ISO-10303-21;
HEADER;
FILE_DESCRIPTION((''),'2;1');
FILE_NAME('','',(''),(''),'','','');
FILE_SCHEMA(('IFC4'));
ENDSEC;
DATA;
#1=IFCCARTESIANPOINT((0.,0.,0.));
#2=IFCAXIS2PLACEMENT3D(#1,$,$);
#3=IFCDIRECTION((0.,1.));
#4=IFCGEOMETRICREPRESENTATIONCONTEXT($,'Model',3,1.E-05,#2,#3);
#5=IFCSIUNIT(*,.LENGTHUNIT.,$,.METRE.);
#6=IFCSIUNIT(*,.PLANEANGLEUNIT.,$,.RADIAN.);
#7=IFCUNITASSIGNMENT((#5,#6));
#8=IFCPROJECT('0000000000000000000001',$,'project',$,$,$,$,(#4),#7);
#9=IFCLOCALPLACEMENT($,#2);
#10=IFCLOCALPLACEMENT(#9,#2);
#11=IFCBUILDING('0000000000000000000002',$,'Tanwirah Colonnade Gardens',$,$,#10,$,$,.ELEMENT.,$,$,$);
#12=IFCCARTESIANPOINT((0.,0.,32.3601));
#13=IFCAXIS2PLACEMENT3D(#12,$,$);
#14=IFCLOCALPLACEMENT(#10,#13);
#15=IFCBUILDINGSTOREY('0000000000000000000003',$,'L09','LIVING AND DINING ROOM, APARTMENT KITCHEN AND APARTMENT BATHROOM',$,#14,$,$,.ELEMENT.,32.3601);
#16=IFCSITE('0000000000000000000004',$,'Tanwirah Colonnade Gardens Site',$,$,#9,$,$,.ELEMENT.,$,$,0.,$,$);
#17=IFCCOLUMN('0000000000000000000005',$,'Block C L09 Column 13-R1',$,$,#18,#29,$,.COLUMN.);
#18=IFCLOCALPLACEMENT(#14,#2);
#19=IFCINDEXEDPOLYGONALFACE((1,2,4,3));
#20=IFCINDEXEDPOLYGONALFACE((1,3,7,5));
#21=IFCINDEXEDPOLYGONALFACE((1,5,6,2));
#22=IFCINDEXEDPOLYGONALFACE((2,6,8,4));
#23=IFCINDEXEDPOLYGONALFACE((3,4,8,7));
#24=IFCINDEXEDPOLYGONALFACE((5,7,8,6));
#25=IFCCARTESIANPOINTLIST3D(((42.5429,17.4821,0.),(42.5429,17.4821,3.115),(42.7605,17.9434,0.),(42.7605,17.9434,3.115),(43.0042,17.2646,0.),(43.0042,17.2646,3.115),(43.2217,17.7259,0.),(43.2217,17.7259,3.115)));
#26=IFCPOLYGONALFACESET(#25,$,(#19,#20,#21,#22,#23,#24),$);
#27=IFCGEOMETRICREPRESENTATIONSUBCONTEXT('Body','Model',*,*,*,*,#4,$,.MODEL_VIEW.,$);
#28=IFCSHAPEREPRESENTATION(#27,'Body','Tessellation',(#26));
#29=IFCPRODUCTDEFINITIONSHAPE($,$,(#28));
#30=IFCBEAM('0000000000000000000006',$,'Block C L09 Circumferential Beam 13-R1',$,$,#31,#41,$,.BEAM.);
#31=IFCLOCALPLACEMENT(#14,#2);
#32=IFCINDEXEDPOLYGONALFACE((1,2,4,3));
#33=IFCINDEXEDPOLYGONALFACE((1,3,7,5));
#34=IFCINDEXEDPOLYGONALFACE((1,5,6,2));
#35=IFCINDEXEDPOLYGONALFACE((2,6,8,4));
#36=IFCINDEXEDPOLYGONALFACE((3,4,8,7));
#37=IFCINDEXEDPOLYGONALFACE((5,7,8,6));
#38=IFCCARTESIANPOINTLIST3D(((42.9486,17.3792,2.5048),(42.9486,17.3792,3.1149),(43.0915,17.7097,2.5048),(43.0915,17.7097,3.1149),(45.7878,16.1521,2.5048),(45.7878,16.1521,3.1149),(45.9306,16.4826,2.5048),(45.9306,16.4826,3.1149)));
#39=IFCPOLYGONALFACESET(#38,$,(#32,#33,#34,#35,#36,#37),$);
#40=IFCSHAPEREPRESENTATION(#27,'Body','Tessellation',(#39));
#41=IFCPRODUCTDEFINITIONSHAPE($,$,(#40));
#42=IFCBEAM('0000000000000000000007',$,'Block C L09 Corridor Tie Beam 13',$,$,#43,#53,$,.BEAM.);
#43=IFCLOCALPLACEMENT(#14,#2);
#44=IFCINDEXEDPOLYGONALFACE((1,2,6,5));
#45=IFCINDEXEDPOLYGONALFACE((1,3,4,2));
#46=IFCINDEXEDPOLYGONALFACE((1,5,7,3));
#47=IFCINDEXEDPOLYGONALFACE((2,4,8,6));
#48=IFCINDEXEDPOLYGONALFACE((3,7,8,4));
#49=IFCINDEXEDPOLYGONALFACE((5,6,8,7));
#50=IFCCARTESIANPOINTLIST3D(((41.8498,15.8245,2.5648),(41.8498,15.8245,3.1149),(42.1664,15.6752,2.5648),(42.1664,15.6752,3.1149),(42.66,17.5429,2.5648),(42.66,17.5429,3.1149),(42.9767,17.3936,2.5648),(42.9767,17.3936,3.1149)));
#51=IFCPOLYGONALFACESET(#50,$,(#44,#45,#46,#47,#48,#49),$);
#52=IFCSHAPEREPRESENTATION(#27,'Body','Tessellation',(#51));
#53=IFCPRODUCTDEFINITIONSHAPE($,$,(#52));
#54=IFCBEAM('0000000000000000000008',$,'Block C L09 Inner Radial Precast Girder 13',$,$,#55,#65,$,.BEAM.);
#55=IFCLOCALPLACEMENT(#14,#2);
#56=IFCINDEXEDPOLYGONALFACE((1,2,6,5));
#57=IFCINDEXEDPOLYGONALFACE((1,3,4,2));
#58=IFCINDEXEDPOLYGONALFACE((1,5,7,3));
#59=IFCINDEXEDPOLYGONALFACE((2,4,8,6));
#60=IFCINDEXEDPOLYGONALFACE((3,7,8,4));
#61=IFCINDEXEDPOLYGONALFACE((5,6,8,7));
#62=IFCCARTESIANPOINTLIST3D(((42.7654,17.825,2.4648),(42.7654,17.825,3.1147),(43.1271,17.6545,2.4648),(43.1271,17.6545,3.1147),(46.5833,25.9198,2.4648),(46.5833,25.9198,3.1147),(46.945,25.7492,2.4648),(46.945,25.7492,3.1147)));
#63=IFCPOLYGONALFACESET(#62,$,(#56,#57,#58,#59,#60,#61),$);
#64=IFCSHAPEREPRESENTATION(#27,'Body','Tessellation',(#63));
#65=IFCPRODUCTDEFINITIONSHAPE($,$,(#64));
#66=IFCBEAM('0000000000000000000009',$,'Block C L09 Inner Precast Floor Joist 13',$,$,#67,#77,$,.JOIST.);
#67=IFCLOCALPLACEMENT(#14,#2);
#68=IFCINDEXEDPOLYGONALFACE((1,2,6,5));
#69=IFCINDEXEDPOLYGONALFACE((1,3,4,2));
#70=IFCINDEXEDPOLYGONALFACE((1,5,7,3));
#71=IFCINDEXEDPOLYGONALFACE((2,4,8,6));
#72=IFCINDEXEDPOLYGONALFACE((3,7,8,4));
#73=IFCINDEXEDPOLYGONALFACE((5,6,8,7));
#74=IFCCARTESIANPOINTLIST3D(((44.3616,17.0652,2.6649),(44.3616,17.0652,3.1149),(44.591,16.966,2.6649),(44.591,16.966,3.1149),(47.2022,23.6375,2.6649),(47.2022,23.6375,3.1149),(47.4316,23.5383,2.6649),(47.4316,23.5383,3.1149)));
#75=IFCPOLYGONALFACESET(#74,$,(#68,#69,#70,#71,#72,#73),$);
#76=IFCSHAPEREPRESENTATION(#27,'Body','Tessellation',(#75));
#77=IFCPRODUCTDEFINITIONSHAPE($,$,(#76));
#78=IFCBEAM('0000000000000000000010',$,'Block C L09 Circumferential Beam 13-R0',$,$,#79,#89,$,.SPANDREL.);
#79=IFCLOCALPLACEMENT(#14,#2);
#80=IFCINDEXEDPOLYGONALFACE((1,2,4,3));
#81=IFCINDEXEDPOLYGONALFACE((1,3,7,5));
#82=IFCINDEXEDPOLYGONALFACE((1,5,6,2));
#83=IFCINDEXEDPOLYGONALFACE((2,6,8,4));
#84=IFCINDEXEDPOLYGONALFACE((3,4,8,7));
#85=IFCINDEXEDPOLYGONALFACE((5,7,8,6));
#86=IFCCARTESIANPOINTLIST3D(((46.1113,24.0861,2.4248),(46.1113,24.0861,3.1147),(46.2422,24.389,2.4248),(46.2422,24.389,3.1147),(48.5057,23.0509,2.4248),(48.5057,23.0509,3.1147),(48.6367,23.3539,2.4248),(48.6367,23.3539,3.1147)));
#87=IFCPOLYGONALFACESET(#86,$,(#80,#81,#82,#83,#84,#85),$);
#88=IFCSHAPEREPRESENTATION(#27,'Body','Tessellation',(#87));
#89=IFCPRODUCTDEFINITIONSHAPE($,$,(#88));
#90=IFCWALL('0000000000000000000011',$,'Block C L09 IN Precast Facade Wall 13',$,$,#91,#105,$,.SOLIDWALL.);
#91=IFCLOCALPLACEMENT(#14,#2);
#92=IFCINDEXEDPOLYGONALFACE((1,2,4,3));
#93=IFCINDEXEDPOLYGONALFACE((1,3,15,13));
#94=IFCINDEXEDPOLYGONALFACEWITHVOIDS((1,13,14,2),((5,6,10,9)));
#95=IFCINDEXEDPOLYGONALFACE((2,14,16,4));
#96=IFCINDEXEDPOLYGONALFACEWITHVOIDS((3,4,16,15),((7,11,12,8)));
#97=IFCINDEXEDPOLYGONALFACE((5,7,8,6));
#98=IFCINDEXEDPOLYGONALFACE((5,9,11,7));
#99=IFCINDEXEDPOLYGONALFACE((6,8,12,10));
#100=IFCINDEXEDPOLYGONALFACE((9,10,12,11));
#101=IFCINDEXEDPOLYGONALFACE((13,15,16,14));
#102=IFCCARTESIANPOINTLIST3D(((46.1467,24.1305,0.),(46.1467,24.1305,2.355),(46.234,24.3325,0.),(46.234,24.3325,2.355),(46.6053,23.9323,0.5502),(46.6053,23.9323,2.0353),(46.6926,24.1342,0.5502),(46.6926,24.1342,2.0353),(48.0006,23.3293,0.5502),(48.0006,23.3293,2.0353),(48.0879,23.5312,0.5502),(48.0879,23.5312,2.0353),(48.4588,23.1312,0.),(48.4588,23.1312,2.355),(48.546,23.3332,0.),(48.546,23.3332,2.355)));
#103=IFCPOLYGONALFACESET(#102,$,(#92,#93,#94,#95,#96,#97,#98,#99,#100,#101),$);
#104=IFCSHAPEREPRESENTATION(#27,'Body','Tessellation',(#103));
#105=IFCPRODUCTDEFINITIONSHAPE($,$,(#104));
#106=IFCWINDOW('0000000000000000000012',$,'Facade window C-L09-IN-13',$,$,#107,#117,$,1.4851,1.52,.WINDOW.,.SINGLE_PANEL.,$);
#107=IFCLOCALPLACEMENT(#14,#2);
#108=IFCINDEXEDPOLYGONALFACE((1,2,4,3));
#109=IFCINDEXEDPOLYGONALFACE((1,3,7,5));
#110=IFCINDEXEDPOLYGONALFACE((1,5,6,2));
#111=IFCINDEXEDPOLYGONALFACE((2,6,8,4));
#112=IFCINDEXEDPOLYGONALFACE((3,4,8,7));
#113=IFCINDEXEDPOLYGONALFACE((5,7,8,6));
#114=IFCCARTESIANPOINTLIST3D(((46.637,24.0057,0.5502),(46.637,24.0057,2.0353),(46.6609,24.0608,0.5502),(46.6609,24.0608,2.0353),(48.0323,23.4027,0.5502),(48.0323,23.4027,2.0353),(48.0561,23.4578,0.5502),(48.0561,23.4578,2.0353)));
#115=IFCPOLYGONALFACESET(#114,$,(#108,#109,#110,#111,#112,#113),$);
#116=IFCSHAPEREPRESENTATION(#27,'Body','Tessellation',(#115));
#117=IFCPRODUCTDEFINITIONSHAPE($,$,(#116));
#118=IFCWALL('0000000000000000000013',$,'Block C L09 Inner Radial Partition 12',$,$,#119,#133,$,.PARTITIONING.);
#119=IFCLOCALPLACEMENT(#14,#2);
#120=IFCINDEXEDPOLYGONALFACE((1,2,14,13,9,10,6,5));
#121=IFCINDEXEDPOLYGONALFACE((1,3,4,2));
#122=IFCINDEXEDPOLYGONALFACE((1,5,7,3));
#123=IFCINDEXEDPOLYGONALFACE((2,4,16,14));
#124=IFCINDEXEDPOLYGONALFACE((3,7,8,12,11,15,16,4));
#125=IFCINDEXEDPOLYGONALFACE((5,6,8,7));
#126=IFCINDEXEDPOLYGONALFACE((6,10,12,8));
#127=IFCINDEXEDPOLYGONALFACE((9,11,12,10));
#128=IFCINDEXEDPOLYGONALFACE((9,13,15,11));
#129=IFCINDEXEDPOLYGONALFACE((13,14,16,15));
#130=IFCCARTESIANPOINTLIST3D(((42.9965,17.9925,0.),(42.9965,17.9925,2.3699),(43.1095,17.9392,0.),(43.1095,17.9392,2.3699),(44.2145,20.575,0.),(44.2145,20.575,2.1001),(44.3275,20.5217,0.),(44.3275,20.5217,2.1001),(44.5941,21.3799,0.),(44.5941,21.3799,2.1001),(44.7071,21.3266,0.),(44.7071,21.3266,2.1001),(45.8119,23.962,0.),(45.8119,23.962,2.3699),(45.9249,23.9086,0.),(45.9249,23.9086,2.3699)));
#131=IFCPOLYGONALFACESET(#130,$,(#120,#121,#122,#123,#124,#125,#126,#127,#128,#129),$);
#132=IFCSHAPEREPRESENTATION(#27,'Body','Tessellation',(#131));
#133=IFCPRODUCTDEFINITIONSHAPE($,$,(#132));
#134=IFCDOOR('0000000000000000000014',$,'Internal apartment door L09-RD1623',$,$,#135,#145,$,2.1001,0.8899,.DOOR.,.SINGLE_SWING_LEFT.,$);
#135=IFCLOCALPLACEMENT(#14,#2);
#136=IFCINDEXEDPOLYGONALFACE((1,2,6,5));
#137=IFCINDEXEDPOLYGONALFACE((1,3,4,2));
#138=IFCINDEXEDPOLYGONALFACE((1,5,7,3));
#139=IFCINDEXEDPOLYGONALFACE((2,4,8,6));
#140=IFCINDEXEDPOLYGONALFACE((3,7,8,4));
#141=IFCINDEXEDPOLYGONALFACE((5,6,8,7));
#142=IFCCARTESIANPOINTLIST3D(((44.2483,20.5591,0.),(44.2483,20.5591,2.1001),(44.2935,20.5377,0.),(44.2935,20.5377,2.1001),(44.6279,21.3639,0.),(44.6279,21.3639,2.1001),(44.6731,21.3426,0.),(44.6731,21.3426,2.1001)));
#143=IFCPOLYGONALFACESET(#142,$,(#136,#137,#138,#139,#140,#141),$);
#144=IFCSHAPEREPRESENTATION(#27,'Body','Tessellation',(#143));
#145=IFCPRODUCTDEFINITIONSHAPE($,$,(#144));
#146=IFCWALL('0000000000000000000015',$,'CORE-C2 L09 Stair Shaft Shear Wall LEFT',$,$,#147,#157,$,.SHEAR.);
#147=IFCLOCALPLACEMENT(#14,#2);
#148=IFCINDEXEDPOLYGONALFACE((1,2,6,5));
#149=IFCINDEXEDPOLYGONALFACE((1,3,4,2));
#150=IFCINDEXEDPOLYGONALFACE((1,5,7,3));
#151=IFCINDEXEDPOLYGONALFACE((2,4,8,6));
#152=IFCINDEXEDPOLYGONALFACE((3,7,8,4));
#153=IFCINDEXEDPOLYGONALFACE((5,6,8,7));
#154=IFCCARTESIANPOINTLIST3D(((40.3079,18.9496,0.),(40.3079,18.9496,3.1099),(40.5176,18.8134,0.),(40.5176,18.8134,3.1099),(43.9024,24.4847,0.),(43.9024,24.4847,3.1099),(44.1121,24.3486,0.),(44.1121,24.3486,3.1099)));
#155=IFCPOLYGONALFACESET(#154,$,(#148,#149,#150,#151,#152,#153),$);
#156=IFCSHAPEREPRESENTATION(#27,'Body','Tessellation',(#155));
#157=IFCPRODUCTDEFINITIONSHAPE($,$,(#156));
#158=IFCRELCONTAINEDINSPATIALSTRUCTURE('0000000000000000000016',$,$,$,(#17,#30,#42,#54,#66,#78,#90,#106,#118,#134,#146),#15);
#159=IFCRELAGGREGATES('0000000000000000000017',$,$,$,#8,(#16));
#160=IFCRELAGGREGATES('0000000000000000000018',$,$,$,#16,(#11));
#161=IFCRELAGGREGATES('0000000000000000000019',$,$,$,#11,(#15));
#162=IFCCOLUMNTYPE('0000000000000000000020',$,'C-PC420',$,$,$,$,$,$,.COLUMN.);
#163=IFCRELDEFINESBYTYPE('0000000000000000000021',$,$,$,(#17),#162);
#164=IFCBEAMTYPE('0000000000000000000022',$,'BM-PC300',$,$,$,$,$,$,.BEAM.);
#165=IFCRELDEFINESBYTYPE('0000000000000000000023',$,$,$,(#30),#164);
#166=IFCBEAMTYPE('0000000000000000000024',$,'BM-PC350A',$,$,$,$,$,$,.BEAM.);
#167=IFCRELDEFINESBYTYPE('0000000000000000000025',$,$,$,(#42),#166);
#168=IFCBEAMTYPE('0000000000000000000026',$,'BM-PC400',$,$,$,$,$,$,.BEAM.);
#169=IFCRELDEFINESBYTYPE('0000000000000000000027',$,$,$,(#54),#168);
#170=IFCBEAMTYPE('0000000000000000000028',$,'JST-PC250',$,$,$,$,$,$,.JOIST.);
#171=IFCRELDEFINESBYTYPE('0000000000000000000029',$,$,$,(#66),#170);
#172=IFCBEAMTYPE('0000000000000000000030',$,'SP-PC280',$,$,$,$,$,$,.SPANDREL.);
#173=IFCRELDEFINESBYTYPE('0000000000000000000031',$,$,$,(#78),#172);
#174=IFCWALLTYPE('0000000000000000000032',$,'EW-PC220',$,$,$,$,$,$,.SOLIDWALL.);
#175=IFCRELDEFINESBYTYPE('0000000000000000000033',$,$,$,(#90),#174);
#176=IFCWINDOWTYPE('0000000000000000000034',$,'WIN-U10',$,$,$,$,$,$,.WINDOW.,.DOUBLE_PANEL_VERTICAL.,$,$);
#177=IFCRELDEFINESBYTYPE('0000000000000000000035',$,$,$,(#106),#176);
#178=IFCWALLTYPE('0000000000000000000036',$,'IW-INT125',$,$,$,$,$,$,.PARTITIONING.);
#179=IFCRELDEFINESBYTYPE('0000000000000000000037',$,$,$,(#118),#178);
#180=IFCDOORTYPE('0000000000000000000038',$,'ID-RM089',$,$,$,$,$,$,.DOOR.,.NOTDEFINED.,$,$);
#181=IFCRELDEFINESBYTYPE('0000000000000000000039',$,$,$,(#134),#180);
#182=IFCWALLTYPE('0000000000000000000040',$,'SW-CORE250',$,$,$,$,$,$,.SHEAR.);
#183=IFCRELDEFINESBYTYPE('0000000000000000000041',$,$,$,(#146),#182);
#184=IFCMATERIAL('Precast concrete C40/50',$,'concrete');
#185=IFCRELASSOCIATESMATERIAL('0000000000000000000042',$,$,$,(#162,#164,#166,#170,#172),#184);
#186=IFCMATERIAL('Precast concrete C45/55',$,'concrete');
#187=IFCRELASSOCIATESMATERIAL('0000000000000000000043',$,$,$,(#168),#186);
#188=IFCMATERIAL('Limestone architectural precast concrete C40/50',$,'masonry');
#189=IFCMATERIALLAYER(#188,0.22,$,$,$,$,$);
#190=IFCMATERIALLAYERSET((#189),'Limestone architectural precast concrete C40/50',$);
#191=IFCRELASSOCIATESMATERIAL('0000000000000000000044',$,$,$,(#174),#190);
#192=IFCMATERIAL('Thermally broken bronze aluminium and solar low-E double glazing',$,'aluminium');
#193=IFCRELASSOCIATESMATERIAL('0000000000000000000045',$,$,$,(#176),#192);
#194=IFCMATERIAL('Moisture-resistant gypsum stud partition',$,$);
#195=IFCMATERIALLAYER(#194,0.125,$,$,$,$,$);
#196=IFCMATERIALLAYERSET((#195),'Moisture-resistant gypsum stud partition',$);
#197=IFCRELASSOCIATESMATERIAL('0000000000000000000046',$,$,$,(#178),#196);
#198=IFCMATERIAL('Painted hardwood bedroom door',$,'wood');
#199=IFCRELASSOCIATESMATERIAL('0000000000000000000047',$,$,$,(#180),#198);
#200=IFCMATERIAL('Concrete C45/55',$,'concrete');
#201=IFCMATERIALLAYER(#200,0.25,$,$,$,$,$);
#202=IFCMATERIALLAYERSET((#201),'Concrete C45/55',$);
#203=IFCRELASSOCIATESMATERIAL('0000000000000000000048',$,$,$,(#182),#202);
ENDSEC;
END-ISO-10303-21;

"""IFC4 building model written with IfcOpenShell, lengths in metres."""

from ifc_helpers import new_model, si_unit, direction, frame, frame_2d, origin, origin_2d, place, context, subcontext, project, spatial, rectangle, extrude, material, layer, layer_set, material_profile, profile_set, type_object, element, fill, save


model = new_model("IFC4")

# Units and contexts
model_context = context("Model", 3, precision=1e-05, world=origin(), true_north=direction((0.0, 1.0)))
body_context = subcontext(model_context, "Body", "Model", "MODEL_VIEW")
ifc_project = project(units=[si_unit("LENGTHUNIT", "METRE"), si_unit("PLANEANGLEUNIT", "RADIAN")], contexts=[model_context])

# Site, building, storey
site_placement = place(None, origin())
site = spatial("IfcSite", under=ifc_project, at=site_placement, Name="Tanwirah Colonnade Gardens Site", CompositionType="ELEMENT", RefElevation=0.0)
building_placement = place(site_placement, origin())
building = spatial("IfcBuilding", under=site, at=building_placement, Name="Tanwirah Colonnade Gardens", CompositionType="ELEMENT")
storey_placement = place(building_placement, frame((0.0, 0.0, 32.3601)))
storey = spatial("IfcBuildingStorey", under=building, at=storey_placement, Name="L09", Description="LIVING AND DINING ROOM, APARTMENT KITCHEN AND APARTMENT BATHROOM", CompositionType="ELEMENT", Elevation=32.3601)

# Column
ifc_material_1 = material(Name="Precast concrete C40/50", Category="concrete")
ifc_material_profile_1 = material_profile(ifc_material_1, rectangle(XDim=0.51, YDim=0.51, at=origin_2d()), Name="PC-COL 510x510")
ifc_profile_set_1 = profile_set([ifc_material_profile_1], Name="Precast concrete C40/50")
column_type = type_object("IfcColumnType", Name="C-PC420", PredefinedType="COLUMN", material=ifc_profile_set_1)
column_placement = place(storey_placement, frame((42.8823, 17.604, 0.0), z_axis=(0.0, 0.0, 1.0), x_axis=(-0.426569, -0.904455, 0.0)))
element("IfcColumn", 1, at=column_placement, inside=storey, type_object=column_type, Name="Block C L09 Column 13-R1", PredefinedType="COLUMN", context=body_context, shape_type="SweptSolid", body=[
    extrude(rectangle(XDim=0.51, YDim=0.51, at=origin_2d()), origin(), (0.0, 0.0, 1.0), 3.115),
])

# Beams
ifc_material_profile_2 = material_profile(ifc_material_1, rectangle(XDim=0.3601, YDim=0.6101, at=origin_2d()), Name="PC-BM 360x610")
ifc_profile_set_2 = profile_set([ifc_material_profile_2], Name="Precast concrete C40/50")
beam_type_1 = type_object("IfcBeamType", Name="BM-PC300", PredefinedType="BEAM", material=ifc_profile_set_2)
beam_1_placement = place(storey_placement, frame((43.02, 17.5444, 2.8098), z_axis=(0.917936, -0.396728, 0.0), x_axis=(0.396728, 0.917936, 0.0)))
element("IfcBeam", 2, at=beam_1_placement, inside=storey, type_object=beam_type_1, Name="Block C L09 Circumferential Beam 13-R1", PredefinedType="BEAM", context=body_context, shape_type="SweptSolid", body=[
    extrude(rectangle(XDim=0.3601, YDim=0.6101, at=origin_2d()), origin(), (0.0, 0.0, 1.0), 3.093),
])
ifc_material_profile_3 = material_profile(ifc_material_1, rectangle(XDim=0.3501, YDim=0.55, at=origin_2d()), Name="PC-BM 350x550")
ifc_profile_set_3 = profile_set([ifc_material_profile_3], Name="Precast concrete C40/50")
beam_type_2 = type_object("IfcBeamType", Name="BM-PC350A", PredefinedType="BEAM", material=ifc_profile_set_3)
beam_2_placement = place(storey_placement, frame((42.8184, 17.4683, 2.8398), z_axis=(-0.426484, -0.904495, 0.0), x_axis=(0.904495, -0.426484, 0.0)))
element("IfcBeam", 3, at=beam_2_placement, inside=storey, type_object=beam_type_2, Name="Block C L09 Corridor Tie Beam 13", PredefinedType="BEAM", context=body_context, shape_type="SweptSolid", body=[
    extrude(rectangle(XDim=0.3501, YDim=0.55, at=origin_2d()), origin(), (0.0, 0.0, 1.0), 1.8999),
])
ifc_material_2 = material(Name="Precast concrete C45/55", Category="concrete")
ifc_material_profile_4 = material_profile(ifc_material_2, rectangle(XDim=0.3999, YDim=0.6499, at=origin_2d()), Name="PC-BM 400x650")
ifc_profile_set_4 = profile_set([ifc_material_profile_4], Name="Precast concrete C45/55")
beam_type_3 = type_object("IfcBeamType", Name="BM-PC400", PredefinedType="BEAM", material=ifc_profile_set_4)
beam_3_placement = place(storey_placement, frame((42.9463, 17.7397, 2.7898), z_axis=(0.426582, 0.904449, 0.0), x_axis=(-0.904449, 0.426582, 0.0)))
element("IfcBeam", 4, at=beam_3_placement, inside=storey, type_object=beam_type_3, Name="Block C L09 Inner Radial Precast Girder 13", PredefinedType="BEAM", context=body_context, shape_type="SweptSolid", body=[
    extrude(rectangle(XDim=0.3999, YDim=0.6499, at=origin_2d()), origin(), (0.0, 0.0, 1.0), 8.95),
])
ifc_material_profile_5 = material_profile(ifc_material_1, rectangle(XDim=0.25, YDim=0.45, at=origin_2d()), Name="PC-JST 250x450")
ifc_profile_set_5 = profile_set([ifc_material_profile_5], Name="Precast concrete C40/50")
beam_type_4 = type_object("IfcBeamType", Name="JST-PC250", PredefinedType="JOIST", material=ifc_profile_set_5)
beam_4_placement = place(storey_placement, frame((47.3169, 23.5879, 2.8899), z_axis=(-0.396736, -0.917933, 0.0), x_axis=(0.917933, -0.396736, 0.0)))
element("IfcBeam", 5, at=beam_4_placement, inside=storey, type_object=beam_type_4, Name="Block C L09 Inner Precast Floor Joist 13", PredefinedType="JOIST", context=body_context, shape_type="SweptSolid", body=[
    extrude(rectangle(XDim=0.25, YDim=0.45, at=origin_2d()), origin(), (0.0, 0.0, 1.0), 7.1599),
])
ifc_material_profile_6 = material_profile(ifc_material_1, rectangle(XDim=0.3301, YDim=0.6899, at=origin_2d()), Name="PC-SP 330x690")
ifc_profile_set_6 = profile_set([ifc_material_profile_6], Name="Precast concrete C40/50")
beam_type_5 = type_object("IfcBeamType", Name="SP-PC280", PredefinedType="SPANDREL", material=ifc_profile_set_6)
beam_5_placement = place(storey_placement, frame((46.1768, 24.2375, 2.7698), z_axis=(0.917901, -0.396809, 0.0), x_axis=(0.396809, 0.917901, 0.0)))
element("IfcBeam", 6, at=beam_5_placement, inside=storey, type_object=beam_type_5, Name="Block C L09 Circumferential Beam 13-R0", PredefinedType="SPANDREL", context=body_context, shape_type="SweptSolid", body=[
    extrude(rectangle(XDim=0.3301, YDim=0.6899, at=origin_2d()), origin(), (0.0, 0.0, 1.0), 2.6086),
])

# Wall, opening, window
ifc_material_3 = material(Name="Limestone architectural precast concrete C40/50", Category="masonry")
ifc_layer_1 = layer(ifc_material_3, 0.22)
ifc_layer_set_1 = layer_set([ifc_layer_1], Name="Limestone architectural precast concrete C40/50")
wall_type_1 = type_object("IfcWallType", Name="EW-PC220", PredefinedType="SOLIDWALL", material=ifc_layer_set_1)
wall_1_placement = place(storey_placement, frame((46.1904, 24.2314, 0.0), z_axis=(0.0, 0.0, 1.0), x_axis=(0.917932, -0.396737, 0.0)))
wall_1 = element("IfcWall", 7, at=wall_1_placement, inside=storey, type_object=wall_type_1, Name="Block C L09 IN Precast Facade Wall 13", PredefinedType="SOLIDWALL", context=body_context, shape_type="SweptSolid", body=[
    extrude(rectangle(XDim=2.5188, YDim=0.22, at=frame_2d((1.2593, 0.0))), origin(), (0.0, 0.0, 1.0), 2.355),
])
opening_1_placement = place(wall_1_placement, frame((0.4995, 0.0, 0.55)))
opening_1 = element("IfcOpeningElement", 8, at=opening_1_placement, cuts=wall_1, PredefinedType="OPENING", context=body_context, shape_type="SweptSolid", body=[
    extrude(rectangle(XDim=1.52, YDim=1.4851, at=frame_2d((0.76, 0.7427))), frame((0.0, 0.1199, 0.0), z_axis=(0.0, -1.0, 0.0), x_axis=(1.0, 0.0, 0.0)), (0.0, 0.0, 1.0), 0.24),
])
ifc_material_4 = material(Name="Thermally broken bronze aluminium and solar low-E double glazing", Category="aluminium")
window_type = type_object("IfcWindowType", Name="WIN-U10", PartitioningType="DOUBLE_PANEL_VERTICAL", PredefinedType="WINDOW", material=ifc_material_4)
window_placement = place(opening_1_placement, origin())
window = element("IfcWindow", 9, at=window_placement, inside=storey, type_object=window_type, Name="Facade window C-L09-IN-13", OverallHeight=1.4851, OverallWidth=1.52, PartitioningType="SINGLE_PANEL", PredefinedType="WINDOW", context=body_context, shape_type="SweptSolid", body=[
    extrude(rectangle(XDim=1.52, YDim=1.4851, at=frame_2d((0.76, 0.7427))), frame((0.0, 0.03, 0.0), z_axis=(0.0, -1.0, 0.0), x_axis=(1.0, 0.0, 0.0)), (0.0, 0.0, 1.0), 0.0601),
])
fill(opening_1, window)

# Wall, opening, door
ifc_material_5 = material(Name="Moisture-resistant gypsum stud partition")
ifc_layer_2 = layer(ifc_material_5, 0.125)
ifc_layer_set_2 = layer_set([ifc_layer_2], Name="Moisture-resistant gypsum stud partition")
wall_type_2 = type_object("IfcWallType", Name="IW-INT125", PredefinedType="PARTITIONING", material=ifc_layer_set_2)
wall_2_placement = place(storey_placement, frame((45.8684, 23.9353, 0.0), z_axis=(0.0, 0.0, 1.0), x_axis=(-0.426574, -0.904453, 0.0)))
wall_2 = element("IfcWall", 10, at=wall_2_placement, inside=storey, type_object=wall_type_2, Name="Block C L09 Inner Radial Partition 12", PredefinedType="PARTITIONING", context=body_context, shape_type="SweptSolid", body=[
    extrude(rectangle(XDim=6.6001, YDim=0.125, at=frame_2d((3.3, 0.0))), origin(), (0.0, 0.0, 1.0), 2.3699),
])
opening_2_placement = place(wall_2_placement, frame((2.855, 0.0, 0.0)))
opening_2 = element("IfcOpeningElement", 11, at=opening_2_placement, cuts=wall_2, PredefinedType="OPENING", context=body_context, shape_type="SweptSolid", body=[
    extrude(rectangle(XDim=0.8899, YDim=2.1001, at=frame_2d((0.4448, 1.05))), frame((0.0, 0.0725, 0.0), z_axis=(0.0, -1.0, 0.0), x_axis=(1.0, 0.0, 0.0)), (0.0, 0.0, 1.0), 0.145),
])
ifc_material_6 = material(Name="Painted hardwood bedroom door", Category="wood")
door_type = type_object("IfcDoorType", Name="ID-RM089", OperationType="NOTDEFINED", PredefinedType="DOOR", material=ifc_material_6)
door_placement = place(opening_2_placement, origin())
door = element("IfcDoor", 12, at=door_placement, inside=storey, type_object=door_type, Name="Internal apartment door L09-RD1623", OperationType="SINGLE_SWING_LEFT", OverallHeight=2.1001, OverallWidth=0.8899, PredefinedType="DOOR", context=body_context, shape_type="SweptSolid", body=[
    extrude(rectangle(XDim=0.8899, YDim=2.1001, at=frame_2d((0.4448, 1.05))), frame((0.0, 0.0249, 0.0), z_axis=(0.0, -1.0, 0.0), x_axis=(1.0, 0.0, 0.0)), (0.0, 0.0, 1.0), 0.05),
])
fill(opening_2, door)

# Wall
ifc_material_7 = material(Name="Concrete C45/55", Category="concrete")
ifc_layer_3 = layer(ifc_material_7, 0.25)
ifc_layer_set_3 = layer_set([ifc_layer_3], Name="Concrete C45/55")
wall_type_3 = type_object("IfcWallType", Name="SW-CORE250", PredefinedType="SHEAR", material=ifc_layer_set_3)
wall_3_placement = place(storey_placement, frame((40.4128, 18.8816, 0.0), z_axis=(0.0, 0.0, 1.0), x_axis=(0.544629, 0.838677, 0.0)))
element("IfcWall", 13, at=wall_3_placement, inside=storey, type_object=wall_type_3, Name="CORE-C2 L09 Stair Shaft Shear Wall LEFT", PredefinedType="SHEAR", context=body_context, shape_type="SweptSolid", body=[
    extrude(rectangle(XDim=6.5999, YDim=0.25, at=frame_2d((3.2998, 0.0))), origin(), (0.0, 0.0, 1.0), 3.1099),
])

save(model, "model.ifc")
